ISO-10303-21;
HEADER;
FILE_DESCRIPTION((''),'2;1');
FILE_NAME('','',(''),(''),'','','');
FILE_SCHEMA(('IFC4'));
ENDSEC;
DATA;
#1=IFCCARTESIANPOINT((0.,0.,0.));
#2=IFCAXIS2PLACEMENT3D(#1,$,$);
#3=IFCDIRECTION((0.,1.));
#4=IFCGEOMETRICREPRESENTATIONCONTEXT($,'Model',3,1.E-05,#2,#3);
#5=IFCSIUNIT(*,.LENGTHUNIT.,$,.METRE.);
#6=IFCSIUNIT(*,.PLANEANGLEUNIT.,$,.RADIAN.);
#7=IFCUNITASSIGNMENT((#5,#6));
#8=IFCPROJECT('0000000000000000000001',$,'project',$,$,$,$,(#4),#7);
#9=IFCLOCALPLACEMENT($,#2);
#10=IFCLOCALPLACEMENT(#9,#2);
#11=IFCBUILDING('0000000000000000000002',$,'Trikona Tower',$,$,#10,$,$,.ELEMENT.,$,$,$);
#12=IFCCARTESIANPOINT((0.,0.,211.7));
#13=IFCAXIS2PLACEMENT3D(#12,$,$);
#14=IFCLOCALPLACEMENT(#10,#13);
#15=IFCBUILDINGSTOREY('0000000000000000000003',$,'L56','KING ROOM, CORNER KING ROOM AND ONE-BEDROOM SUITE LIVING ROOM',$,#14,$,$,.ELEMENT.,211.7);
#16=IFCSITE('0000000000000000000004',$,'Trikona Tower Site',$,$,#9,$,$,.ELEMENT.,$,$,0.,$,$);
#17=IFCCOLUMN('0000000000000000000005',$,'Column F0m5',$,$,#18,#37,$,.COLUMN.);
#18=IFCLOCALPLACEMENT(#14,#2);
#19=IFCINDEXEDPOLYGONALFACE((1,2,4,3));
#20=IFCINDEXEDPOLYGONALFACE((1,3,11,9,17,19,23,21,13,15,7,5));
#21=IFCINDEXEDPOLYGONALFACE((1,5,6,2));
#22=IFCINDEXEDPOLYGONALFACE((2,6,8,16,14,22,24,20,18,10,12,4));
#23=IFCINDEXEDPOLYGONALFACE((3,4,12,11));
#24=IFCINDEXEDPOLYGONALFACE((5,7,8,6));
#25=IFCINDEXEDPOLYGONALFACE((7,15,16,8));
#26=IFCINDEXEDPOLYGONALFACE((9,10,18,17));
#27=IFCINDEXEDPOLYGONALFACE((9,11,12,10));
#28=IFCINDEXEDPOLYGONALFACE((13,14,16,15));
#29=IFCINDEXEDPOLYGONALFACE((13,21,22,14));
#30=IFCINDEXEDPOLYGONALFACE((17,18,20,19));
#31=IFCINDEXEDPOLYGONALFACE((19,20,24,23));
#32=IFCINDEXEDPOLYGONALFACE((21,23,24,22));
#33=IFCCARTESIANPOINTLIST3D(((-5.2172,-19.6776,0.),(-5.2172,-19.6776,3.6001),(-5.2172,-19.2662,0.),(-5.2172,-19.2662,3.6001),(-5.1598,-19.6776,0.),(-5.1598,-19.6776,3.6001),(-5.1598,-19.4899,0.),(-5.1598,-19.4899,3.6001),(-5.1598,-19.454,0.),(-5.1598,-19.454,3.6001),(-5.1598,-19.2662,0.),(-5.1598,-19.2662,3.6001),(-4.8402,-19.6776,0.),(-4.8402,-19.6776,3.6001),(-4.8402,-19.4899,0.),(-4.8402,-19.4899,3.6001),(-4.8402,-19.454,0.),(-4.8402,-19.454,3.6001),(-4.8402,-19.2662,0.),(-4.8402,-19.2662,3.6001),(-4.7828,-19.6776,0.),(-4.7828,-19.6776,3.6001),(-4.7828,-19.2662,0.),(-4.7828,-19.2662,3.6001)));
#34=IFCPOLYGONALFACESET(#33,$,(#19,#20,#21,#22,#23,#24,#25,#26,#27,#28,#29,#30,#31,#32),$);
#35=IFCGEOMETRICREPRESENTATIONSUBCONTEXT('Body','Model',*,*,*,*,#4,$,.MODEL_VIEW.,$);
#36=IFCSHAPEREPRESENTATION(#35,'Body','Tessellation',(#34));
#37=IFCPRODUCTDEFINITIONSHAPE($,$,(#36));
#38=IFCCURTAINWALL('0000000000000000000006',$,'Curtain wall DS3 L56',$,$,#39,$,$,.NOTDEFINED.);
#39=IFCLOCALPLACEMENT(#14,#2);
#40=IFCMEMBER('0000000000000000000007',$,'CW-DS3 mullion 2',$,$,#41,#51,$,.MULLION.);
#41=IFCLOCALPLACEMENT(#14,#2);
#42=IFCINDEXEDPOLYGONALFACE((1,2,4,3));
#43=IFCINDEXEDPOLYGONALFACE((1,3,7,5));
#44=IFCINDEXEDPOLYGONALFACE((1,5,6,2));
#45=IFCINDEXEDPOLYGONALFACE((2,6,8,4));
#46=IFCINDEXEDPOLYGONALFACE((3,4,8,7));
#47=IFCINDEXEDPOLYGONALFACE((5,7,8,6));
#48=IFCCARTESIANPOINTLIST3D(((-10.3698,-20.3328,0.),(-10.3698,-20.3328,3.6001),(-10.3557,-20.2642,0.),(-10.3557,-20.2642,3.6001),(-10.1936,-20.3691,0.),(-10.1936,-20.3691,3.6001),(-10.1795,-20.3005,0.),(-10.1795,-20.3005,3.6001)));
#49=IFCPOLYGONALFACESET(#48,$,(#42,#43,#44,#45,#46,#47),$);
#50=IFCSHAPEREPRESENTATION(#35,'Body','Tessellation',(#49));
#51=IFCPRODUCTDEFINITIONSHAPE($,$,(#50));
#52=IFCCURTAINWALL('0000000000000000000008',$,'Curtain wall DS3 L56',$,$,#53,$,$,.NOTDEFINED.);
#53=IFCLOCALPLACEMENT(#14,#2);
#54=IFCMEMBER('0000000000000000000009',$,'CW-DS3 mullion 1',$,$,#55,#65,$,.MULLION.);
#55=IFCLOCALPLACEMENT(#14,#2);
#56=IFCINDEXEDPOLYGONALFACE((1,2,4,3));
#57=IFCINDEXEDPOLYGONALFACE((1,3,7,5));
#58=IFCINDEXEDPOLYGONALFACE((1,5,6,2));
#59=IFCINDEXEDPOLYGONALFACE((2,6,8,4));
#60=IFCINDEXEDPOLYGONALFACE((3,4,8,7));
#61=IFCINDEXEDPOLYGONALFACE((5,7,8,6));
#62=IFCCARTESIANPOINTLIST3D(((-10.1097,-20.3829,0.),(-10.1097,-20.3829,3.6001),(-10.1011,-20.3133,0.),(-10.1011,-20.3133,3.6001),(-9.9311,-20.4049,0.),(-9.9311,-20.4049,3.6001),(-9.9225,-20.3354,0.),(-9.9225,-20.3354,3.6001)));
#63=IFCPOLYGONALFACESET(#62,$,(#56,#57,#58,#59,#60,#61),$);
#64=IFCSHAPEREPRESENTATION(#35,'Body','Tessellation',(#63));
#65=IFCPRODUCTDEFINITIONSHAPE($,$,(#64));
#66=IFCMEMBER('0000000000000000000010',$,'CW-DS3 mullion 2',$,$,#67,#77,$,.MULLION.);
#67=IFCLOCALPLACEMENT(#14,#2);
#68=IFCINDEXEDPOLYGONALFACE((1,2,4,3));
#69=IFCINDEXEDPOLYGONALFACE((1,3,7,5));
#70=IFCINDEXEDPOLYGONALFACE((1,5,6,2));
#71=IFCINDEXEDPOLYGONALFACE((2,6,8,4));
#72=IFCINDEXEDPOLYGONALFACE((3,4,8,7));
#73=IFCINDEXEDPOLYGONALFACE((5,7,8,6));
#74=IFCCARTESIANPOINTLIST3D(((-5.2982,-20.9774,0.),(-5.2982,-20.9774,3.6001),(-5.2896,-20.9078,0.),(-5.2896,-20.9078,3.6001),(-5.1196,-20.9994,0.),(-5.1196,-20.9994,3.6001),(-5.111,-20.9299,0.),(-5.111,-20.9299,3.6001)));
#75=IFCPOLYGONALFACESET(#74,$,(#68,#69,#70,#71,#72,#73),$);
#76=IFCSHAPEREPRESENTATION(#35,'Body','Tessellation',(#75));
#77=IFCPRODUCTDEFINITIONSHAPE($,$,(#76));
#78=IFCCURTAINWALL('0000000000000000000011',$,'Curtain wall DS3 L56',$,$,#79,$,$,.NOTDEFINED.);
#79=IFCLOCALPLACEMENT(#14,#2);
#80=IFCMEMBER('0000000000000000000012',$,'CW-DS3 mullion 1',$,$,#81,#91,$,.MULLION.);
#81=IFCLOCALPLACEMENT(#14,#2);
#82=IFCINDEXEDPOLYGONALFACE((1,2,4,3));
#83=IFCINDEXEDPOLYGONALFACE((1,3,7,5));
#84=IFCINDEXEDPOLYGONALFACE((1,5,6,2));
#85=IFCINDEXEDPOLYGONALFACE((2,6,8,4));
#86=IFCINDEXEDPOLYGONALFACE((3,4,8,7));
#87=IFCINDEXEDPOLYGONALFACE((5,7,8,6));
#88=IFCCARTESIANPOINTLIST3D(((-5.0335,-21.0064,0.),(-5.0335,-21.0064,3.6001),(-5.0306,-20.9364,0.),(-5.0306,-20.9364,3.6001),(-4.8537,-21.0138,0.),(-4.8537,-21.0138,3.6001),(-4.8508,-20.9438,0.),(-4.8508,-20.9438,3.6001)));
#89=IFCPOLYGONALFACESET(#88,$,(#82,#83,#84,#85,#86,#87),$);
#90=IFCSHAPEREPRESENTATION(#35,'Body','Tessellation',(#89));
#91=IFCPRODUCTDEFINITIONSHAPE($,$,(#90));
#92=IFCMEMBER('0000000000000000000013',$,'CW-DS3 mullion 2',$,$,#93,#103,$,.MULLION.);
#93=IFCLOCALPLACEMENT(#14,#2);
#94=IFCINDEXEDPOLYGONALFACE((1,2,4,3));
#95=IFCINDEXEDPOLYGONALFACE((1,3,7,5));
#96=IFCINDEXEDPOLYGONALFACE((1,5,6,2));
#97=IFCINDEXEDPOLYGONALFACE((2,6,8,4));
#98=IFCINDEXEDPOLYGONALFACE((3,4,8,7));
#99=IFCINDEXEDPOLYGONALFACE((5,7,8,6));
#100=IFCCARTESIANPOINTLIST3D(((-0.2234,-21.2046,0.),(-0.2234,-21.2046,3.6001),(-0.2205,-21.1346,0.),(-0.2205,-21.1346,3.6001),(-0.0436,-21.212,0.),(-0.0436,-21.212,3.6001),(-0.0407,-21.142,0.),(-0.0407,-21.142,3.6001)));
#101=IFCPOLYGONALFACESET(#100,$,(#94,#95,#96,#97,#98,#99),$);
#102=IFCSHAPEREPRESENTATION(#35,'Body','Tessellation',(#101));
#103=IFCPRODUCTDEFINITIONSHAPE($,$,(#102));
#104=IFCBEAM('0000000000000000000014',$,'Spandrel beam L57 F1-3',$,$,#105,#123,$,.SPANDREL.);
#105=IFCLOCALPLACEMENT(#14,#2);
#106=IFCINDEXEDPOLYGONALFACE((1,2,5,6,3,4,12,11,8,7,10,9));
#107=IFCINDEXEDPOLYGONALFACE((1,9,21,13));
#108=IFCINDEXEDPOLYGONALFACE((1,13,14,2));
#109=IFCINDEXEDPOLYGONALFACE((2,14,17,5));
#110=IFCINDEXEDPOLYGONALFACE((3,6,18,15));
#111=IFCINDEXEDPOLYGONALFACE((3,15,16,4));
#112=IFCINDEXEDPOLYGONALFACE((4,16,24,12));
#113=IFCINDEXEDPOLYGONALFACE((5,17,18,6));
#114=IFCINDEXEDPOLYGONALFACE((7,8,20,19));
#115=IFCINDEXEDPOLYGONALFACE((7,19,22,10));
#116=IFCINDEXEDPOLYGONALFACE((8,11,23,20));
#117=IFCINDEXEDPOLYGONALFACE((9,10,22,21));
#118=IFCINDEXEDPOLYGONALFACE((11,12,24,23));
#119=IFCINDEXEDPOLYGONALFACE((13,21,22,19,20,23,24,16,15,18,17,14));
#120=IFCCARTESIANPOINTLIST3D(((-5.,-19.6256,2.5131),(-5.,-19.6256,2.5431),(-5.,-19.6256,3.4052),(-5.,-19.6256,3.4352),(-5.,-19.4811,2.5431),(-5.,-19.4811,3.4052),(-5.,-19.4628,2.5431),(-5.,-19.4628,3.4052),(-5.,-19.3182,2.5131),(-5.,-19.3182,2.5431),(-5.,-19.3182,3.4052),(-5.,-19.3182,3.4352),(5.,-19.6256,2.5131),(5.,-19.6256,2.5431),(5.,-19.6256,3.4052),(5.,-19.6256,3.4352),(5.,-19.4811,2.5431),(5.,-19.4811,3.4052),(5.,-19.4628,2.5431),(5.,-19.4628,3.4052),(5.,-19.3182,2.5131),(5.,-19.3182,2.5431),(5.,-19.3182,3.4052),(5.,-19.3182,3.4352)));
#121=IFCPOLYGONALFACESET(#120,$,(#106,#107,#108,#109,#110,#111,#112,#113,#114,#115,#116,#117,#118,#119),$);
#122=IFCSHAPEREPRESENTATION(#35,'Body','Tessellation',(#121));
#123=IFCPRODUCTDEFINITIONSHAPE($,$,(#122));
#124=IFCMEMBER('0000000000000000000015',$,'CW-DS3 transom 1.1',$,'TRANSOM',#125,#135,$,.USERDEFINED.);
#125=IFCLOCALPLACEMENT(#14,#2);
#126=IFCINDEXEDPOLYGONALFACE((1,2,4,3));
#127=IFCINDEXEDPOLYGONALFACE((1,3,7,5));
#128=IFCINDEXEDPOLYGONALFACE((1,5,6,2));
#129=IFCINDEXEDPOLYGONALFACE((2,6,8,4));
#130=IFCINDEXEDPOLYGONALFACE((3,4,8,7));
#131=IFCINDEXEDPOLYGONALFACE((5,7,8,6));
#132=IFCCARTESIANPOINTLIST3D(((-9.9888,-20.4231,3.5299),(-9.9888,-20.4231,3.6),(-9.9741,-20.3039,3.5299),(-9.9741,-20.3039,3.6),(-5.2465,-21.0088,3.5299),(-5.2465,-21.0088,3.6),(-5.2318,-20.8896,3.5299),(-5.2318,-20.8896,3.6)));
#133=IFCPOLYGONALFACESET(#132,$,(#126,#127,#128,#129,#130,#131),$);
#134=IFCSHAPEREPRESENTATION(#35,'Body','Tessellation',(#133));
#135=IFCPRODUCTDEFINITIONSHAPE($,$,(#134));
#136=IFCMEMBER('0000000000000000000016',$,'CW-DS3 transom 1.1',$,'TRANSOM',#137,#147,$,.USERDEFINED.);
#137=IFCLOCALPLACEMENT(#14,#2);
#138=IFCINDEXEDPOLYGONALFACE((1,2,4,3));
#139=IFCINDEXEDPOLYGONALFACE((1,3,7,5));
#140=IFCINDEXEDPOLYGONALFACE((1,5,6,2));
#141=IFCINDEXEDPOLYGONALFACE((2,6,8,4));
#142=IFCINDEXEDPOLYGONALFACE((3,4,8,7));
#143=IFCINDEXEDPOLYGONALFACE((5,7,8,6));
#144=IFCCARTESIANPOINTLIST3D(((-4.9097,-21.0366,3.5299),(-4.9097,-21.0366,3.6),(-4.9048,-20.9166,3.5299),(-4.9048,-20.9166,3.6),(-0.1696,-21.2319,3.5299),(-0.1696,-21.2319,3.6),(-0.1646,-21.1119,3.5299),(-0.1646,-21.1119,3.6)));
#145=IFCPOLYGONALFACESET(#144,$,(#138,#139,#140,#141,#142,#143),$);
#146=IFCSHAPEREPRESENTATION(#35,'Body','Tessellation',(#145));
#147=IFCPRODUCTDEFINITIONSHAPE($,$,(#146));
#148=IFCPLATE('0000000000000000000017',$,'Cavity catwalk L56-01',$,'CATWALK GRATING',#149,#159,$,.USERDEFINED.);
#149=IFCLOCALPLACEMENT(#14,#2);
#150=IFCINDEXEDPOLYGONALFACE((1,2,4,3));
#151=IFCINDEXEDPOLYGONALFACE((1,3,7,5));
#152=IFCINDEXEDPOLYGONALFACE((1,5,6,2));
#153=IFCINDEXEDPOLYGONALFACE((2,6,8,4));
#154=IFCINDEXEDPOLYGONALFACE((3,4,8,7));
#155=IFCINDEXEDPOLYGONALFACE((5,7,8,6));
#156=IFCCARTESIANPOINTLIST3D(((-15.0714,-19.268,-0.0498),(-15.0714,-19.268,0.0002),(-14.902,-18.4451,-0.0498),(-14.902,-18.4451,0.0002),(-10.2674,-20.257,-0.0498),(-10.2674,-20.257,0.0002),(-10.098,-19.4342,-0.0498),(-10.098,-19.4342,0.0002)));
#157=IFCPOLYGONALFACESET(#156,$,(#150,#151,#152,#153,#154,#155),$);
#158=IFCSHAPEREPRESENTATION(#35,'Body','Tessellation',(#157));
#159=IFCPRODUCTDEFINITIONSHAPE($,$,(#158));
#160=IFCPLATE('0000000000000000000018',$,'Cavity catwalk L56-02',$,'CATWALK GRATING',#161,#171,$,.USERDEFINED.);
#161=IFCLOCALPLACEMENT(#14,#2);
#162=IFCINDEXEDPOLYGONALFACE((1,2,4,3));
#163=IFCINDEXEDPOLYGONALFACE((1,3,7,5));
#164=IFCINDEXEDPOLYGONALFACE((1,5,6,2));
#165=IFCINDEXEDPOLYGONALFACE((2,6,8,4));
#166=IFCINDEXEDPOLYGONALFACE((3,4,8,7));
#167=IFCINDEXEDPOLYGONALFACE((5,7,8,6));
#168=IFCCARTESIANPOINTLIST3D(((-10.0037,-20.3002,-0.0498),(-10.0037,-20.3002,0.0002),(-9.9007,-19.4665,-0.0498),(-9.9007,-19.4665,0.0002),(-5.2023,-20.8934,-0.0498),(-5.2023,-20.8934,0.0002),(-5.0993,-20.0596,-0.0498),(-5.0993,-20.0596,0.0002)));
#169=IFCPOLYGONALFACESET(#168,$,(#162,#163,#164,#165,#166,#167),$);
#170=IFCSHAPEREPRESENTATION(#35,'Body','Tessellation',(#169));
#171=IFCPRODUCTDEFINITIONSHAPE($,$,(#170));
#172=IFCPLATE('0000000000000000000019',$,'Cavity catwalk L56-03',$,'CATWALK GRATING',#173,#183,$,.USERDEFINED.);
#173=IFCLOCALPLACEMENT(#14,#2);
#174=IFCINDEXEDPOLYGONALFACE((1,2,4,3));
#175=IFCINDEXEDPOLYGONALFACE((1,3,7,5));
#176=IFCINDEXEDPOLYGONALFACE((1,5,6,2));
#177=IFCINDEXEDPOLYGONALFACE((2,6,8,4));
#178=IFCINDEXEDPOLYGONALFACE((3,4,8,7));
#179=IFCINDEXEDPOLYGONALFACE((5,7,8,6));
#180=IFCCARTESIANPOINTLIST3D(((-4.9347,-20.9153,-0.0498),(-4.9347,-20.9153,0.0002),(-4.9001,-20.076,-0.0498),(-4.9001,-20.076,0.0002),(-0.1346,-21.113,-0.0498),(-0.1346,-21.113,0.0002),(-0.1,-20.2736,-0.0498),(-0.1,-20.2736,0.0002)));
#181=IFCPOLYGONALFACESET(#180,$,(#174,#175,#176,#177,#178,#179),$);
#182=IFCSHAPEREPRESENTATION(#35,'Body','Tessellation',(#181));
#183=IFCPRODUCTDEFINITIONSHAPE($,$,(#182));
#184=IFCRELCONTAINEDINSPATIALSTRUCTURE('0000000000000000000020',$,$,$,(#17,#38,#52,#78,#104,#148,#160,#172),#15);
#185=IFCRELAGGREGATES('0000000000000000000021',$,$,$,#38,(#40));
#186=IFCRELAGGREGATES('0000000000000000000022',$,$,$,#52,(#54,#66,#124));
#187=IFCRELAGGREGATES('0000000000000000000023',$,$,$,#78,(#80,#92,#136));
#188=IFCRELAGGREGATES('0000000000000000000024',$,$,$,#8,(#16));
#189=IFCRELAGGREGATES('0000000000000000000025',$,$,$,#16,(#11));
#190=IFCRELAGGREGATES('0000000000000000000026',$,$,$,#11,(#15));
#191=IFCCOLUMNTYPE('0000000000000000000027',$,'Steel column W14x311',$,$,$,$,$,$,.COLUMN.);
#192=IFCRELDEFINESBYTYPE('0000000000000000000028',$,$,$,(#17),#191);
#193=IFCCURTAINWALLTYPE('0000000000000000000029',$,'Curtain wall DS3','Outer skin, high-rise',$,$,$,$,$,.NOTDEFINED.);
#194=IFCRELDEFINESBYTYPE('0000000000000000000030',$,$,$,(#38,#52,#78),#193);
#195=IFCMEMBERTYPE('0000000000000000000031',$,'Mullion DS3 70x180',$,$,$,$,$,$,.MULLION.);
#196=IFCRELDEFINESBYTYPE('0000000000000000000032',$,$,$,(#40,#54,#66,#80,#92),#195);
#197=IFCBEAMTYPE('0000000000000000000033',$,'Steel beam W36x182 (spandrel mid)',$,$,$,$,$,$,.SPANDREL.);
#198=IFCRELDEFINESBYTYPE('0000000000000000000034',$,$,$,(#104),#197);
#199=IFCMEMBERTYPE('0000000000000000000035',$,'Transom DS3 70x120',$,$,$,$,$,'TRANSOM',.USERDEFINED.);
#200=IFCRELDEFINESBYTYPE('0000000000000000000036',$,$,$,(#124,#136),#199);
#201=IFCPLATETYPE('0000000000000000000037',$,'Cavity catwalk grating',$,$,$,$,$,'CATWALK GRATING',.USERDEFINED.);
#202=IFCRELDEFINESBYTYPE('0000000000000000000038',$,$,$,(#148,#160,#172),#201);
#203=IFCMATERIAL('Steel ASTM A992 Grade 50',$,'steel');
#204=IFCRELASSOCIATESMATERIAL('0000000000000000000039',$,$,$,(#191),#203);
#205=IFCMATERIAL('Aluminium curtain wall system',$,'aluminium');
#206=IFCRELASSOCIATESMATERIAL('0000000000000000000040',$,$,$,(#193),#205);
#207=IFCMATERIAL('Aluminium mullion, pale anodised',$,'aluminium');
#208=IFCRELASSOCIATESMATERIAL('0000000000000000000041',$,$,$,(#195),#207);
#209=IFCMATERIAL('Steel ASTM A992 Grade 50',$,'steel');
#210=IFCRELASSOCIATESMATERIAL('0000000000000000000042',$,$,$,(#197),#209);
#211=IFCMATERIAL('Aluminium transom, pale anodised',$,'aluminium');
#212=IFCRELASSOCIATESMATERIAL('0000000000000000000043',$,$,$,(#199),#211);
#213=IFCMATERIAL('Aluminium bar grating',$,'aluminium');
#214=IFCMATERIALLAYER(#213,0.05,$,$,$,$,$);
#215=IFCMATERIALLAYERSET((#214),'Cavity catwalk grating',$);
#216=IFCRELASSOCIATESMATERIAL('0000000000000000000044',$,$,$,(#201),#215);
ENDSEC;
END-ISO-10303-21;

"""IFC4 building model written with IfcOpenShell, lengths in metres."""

from ifc_helpers import new_model, si_unit, direction, frame, origin, origin_2d, place, context, subcontext, project, spatial, rectangle, i_section, extrude, material, layer, layer_set, material_profile, profile_set, type_object, element, aggregate, save


model = new_model("IFC4")

# Units and contexts
model_context = context("Model", 3, precision=1e-05, world=origin(), true_north=direction((0.0, 1.0)))
body_context = subcontext(model_context, "Body", "Model", "MODEL_VIEW")
ifc_project = project(units=[si_unit("LENGTHUNIT", "METRE"), si_unit("PLANEANGLEUNIT", "RADIAN")], contexts=[model_context])

# Site, building, storey
site_placement = place(None, origin())
site = spatial("IfcSite", under=ifc_project, at=site_placement, Name="Trikona Tower Site", CompositionType="ELEMENT", RefElevation=0.0)
building_placement = place(site_placement, origin())
building = spatial("IfcBuilding", under=site, at=building_placement, Name="Trikona Tower", CompositionType="ELEMENT")
storey_placement = place(building_placement, frame((0.0, 0.0, 211.7)))
storey = spatial("IfcBuildingStorey", under=building, at=storey_placement, Name="L56", Description="KING ROOM, CORNER KING ROOM AND ONE-BEDROOM SUITE LIVING ROOM", CompositionType="ELEMENT", Elevation=211.7)

# Column
ifc_material_1 = material(Name="Steel ASTM A992 Grade 50", Category="steel")
ifc_material_profile_1 = material_profile(ifc_material_1, i_section(OverallWidth=0.4114, OverallDepth=0.4343, WebThickness=0.0359, FlangeThickness=0.0574, at=origin_2d()), Name="W14X311")
ifc_profile_set_1 = profile_set([ifc_material_profile_1], Name="Steel ASTM A992 Grade 50")
column_type = type_object("IfcColumnType", Name="Steel column W14x311", PredefinedType="COLUMN", material=ifc_profile_set_1)
column_placement = place(storey_placement, frame((-5.0, -19.4719, 0.0), z_axis=(0.0, 0.0, 1.0), x_axis=(0.0, -1.0, 0.0)))
element("IfcColumn", 1, at=column_placement, inside=storey, type_object=column_type, Name="Column F0m5", PredefinedType="COLUMN", context=body_context, shape_type="SweptSolid", body=[
    extrude(i_section(OverallWidth=0.4114, OverallDepth=0.4343, WebThickness=0.0359, FlangeThickness=0.0574, at=origin_2d()), origin(), (0.0, 0.0, 1.0), 3.6001),
])

# Curtain wall, member
ifc_material_2 = material(Name="Aluminium curtain wall system", Category="aluminium")
curtain_wall_type = type_object("IfcCurtainWallType", Name="Curtain wall DS3", Description="Outer skin, high-rise", PredefinedType="NOTDEFINED", material=ifc_material_2)
curtain_wall_1_placement = place(storey_placement, origin())
curtain_wall_1 = element("IfcCurtainWall", 2, at=curtain_wall_1_placement, inside=storey, type_object=curtain_wall_type, Name="Curtain wall DS3 L56", PredefinedType="NOTDEFINED")
ifc_material_3 = material(Name="Aluminium mullion, pale anodised", Category="aluminium")
ifc_material_profile_2 = material_profile(ifc_material_3, rectangle(XDim=0.0701, YDim=0.1799, at=origin_2d()), Name="MUL-DS3")
ifc_profile_set_2 = profile_set([ifc_material_profile_2], Name="Aluminium mullion, pale anodised")
member_type_1 = type_object("IfcMemberType", Name="Mullion DS3 70x180", PredefinedType="MULLION", material=ifc_profile_set_2)
member_1_placement = place(storey_placement, frame((-10.2747, -20.3167, 0.0), z_axis=(0.0, 0.0, 1.0), x_axis=(0.201653, 0.979457, 0.0)))
member_1 = element("IfcMember", 3, at=member_1_placement, type_object=member_type_1, Name="CW-DS3 mullion 2", PredefinedType="MULLION", context=body_context, shape_type="SweptSolid", body=[
    extrude(rectangle(XDim=0.0701, YDim=0.1799, at=origin_2d()), origin(), (0.0, 0.0, 1.0), 3.6001),
])

# Curtain walls, members
curtain_wall_2_placement = place(storey_placement, origin())
curtain_wall_2 = element("IfcCurtainWall", 4, at=curtain_wall_2_placement, inside=storey, type_object=curtain_wall_type, Name="Curtain wall DS3 L56", PredefinedType="NOTDEFINED")
member_2_placement = place(storey_placement, frame((-10.0161, -20.3591, 0.0), z_axis=(0.0, 0.0, 1.0), x_axis=(0.122611, 0.992455, 0.0)))
member_2 = element("IfcMember", 5, at=member_2_placement, type_object=member_type_1, Name="CW-DS3 mullion 1", PredefinedType="MULLION", context=body_context, shape_type="SweptSolid", body=[
    extrude(rectangle(XDim=0.0701, YDim=0.1799, at=origin_2d()), origin(), (0.0, 0.0, 1.0), 3.6001),
])
member_3_placement = place(storey_placement, frame((-5.2046, -20.9536, 0.0), z_axis=(0.0, 0.0, 1.0), x_axis=(0.122611, 0.992455, 0.0)))
member_3 = element("IfcMember", 6, at=member_3_placement, type_object=member_type_1, Name="CW-DS3 mullion 2", PredefinedType="MULLION", context=body_context, shape_type="SweptSolid", body=[
    extrude(rectangle(XDim=0.0701, YDim=0.1799, at=origin_2d()), origin(), (0.0, 0.0, 1.0), 3.6001),
])
curtain_wall_3_placement = place(storey_placement, origin())
curtain_wall_3 = element("IfcCurtainWall", 7, at=curtain_wall_3_placement, inside=storey, type_object=curtain_wall_type, Name="Curtain wall DS3 L56", PredefinedType="NOTDEFINED")
member_4_placement = place(storey_placement, frame((-4.9421, -20.9751, 0.0), z_axis=(0.0, 0.0, 1.0), x_axis=(0.041153, 0.999153, 0.0)))
member_4 = element("IfcMember", 8, at=member_4_placement, type_object=member_type_1, Name="CW-DS3 mullion 1", PredefinedType="MULLION", context=body_context, shape_type="SweptSolid", body=[
    extrude(rectangle(XDim=0.0701, YDim=0.1799, at=origin_2d()), origin(), (0.0, 0.0, 1.0), 3.6001),
])
member_5_placement = place(storey_placement, frame((-0.1321, -21.1733, 0.0), z_axis=(0.0, 0.0, 1.0), x_axis=(0.041153, 0.999153, 0.0)))
member_5 = element("IfcMember", 9, at=member_5_placement, type_object=member_type_1, Name="CW-DS3 mullion 2", PredefinedType="MULLION", context=body_context, shape_type="SweptSolid", body=[
    extrude(rectangle(XDim=0.0701, YDim=0.1799, at=origin_2d()), origin(), (0.0, 0.0, 1.0), 3.6001),
])

# Beam
ifc_material_4 = material(Name="Steel ASTM A992 Grade 50", Category="steel")
ifc_material_profile_3 = material_profile(ifc_material_4, i_section(OverallWidth=0.3074, OverallDepth=0.9221, WebThickness=0.0183, FlangeThickness=0.03, at=origin_2d()), Name="W36X182")
ifc_profile_set_3 = profile_set([ifc_material_profile_3], Name="Steel ASTM A992 Grade 50")
beam_type = type_object("IfcBeamType", Name="Steel beam W36x182 (spandrel mid)", PredefinedType="SPANDREL", material=ifc_profile_set_3)
beam_placement = place(storey_placement, frame((-5.0, -19.4719, 2.9741), z_axis=(1.0, 0.0, 0.0), x_axis=(0.0, 1.0, 0.0)))
element("IfcBeam", 10, at=beam_placement, inside=storey, type_object=beam_type, Name="Spandrel beam L57 F1-3", PredefinedType="SPANDREL", context=body_context, shape_type="SweptSolid", body=[
    extrude(i_section(OverallWidth=0.3074, OverallDepth=0.9221, WebThickness=0.0183, FlangeThickness=0.03, at=origin_2d()), origin(), (0.0, 0.0, 1.0), 10.0),
])

# Members
ifc_material_5 = material(Name="Aluminium transom, pale anodised", Category="aluminium")
ifc_material_profile_4 = material_profile(ifc_material_5, rectangle(XDim=0.1201, YDim=0.0701, at=origin_2d()), Name="TRN-DS3")
ifc_profile_set_4 = profile_set([ifc_material_profile_4], Name="Aluminium transom, pale anodised")
member_type_2 = type_object("IfcMemberType", Name="Transom DS3 70x120", ElementType="TRANSOM", PredefinedType="USERDEFINED", material=ifc_profile_set_4)
member_6_placement = place(storey_placement, frame((-9.9814, -20.3635, 3.5649), z_axis=(0.992459, -0.122576, 0.0), x_axis=(0.122576, 0.992459, 0.0)))
member_6 = element("IfcMember", 11, at=member_6_placement, type_object=member_type_2, Name="CW-DS3 transom 1.1", ObjectType="TRANSOM", PredefinedType="USERDEFINED", context=body_context, shape_type="SweptSolid", body=[
    extrude(rectangle(XDim=0.1201, YDim=0.0701, at=origin_2d()), origin(), (0.0, 0.0, 1.0), 4.7783),
])
member_7_placement = place(storey_placement, frame((-4.9072, -20.9766, 3.5649), z_axis=(0.999152, -0.041168, 0.0), x_axis=(0.041168, 0.999152, 0.0)))
member_7 = element("IfcMember", 12, at=member_7_placement, type_object=member_type_2, Name="CW-DS3 transom 1.1", ObjectType="TRANSOM", PredefinedType="USERDEFINED", context=body_context, shape_type="SweptSolid", body=[
    extrude(rectangle(XDim=0.1201, YDim=0.0701, at=origin_2d()), origin(), (0.0, 0.0, 1.0), 4.7441),
])

# Plates
ifc_material_6 = material(Name="Aluminium bar grating", Category="aluminium")
ifc_layer_1 = layer(ifc_material_6, 0.05)
ifc_layer_set_1 = layer_set([ifc_layer_1], Name="Cavity catwalk grating")
plate_type_1 = type_object("IfcPlateType", Name="Cavity catwalk grating", ElementType="CATWALK GRATING", PredefinedType="USERDEFINED", material=ifc_layer_set_1)
plate_1_placement = place(storey_placement, frame((-12.5847, -19.3511, -0.0498), z_axis=(0.0, 0.0, 1.0), x_axis=(0.979458, -0.201651, 0.0)))
element("IfcPlate", 13, at=plate_1_placement, inside=storey, type_object=plate_type_1, Name="Cavity catwalk L56-01", ObjectType="CATWALK GRATING", PredefinedType="USERDEFINED", context=body_context, shape_type="SweptSolid", body=[
    extrude(rectangle(XDim=4.9048, YDim=0.8401, at=origin_2d()), origin(), (0.0, 0.0, 1.0), 0.05),
])
plate_2_placement = place(storey_placement, frame((-7.5515, -20.1799, -0.0498), z_axis=(0.0, 0.0, 1.0), x_axis=(0.992455, -0.122607, 0.0)))
element("IfcPlate", 14, at=plate_2_placement, inside=storey, type_object=plate_type_1, Name="Cavity catwalk L56-02", ObjectType="CATWALK GRATING", PredefinedType="USERDEFINED", context=body_context, shape_type="SweptSolid", body=[
    extrude(rectangle(XDim=4.8379, YDim=0.8401, at=origin_2d()), origin(), (0.0, 0.0, 1.0), 0.05),
])
plate_3_placement = place(storey_placement, frame((-2.5173, -20.5945, -0.0498), z_axis=(0.0, 0.0, 1.0), x_axis=(0.999153, -0.041145, 0.0)))
element("IfcPlate", 15, at=plate_3_placement, inside=storey, type_object=plate_type_1, Name="Cavity catwalk L56-03", ObjectType="CATWALK GRATING", PredefinedType="USERDEFINED", context=body_context, shape_type="SweptSolid", body=[
    extrude(rectangle(XDim=4.8042, YDim=0.8401, at=origin_2d()), origin(), (0.0, 0.0, 1.0), 0.05),
])

aggregate(curtain_wall_1, [member_1])
aggregate(curtain_wall_2, [member_2, member_3, member_6])
aggregate(curtain_wall_3, [member_4, member_5, member_7])

save(model, "model.ifc")
